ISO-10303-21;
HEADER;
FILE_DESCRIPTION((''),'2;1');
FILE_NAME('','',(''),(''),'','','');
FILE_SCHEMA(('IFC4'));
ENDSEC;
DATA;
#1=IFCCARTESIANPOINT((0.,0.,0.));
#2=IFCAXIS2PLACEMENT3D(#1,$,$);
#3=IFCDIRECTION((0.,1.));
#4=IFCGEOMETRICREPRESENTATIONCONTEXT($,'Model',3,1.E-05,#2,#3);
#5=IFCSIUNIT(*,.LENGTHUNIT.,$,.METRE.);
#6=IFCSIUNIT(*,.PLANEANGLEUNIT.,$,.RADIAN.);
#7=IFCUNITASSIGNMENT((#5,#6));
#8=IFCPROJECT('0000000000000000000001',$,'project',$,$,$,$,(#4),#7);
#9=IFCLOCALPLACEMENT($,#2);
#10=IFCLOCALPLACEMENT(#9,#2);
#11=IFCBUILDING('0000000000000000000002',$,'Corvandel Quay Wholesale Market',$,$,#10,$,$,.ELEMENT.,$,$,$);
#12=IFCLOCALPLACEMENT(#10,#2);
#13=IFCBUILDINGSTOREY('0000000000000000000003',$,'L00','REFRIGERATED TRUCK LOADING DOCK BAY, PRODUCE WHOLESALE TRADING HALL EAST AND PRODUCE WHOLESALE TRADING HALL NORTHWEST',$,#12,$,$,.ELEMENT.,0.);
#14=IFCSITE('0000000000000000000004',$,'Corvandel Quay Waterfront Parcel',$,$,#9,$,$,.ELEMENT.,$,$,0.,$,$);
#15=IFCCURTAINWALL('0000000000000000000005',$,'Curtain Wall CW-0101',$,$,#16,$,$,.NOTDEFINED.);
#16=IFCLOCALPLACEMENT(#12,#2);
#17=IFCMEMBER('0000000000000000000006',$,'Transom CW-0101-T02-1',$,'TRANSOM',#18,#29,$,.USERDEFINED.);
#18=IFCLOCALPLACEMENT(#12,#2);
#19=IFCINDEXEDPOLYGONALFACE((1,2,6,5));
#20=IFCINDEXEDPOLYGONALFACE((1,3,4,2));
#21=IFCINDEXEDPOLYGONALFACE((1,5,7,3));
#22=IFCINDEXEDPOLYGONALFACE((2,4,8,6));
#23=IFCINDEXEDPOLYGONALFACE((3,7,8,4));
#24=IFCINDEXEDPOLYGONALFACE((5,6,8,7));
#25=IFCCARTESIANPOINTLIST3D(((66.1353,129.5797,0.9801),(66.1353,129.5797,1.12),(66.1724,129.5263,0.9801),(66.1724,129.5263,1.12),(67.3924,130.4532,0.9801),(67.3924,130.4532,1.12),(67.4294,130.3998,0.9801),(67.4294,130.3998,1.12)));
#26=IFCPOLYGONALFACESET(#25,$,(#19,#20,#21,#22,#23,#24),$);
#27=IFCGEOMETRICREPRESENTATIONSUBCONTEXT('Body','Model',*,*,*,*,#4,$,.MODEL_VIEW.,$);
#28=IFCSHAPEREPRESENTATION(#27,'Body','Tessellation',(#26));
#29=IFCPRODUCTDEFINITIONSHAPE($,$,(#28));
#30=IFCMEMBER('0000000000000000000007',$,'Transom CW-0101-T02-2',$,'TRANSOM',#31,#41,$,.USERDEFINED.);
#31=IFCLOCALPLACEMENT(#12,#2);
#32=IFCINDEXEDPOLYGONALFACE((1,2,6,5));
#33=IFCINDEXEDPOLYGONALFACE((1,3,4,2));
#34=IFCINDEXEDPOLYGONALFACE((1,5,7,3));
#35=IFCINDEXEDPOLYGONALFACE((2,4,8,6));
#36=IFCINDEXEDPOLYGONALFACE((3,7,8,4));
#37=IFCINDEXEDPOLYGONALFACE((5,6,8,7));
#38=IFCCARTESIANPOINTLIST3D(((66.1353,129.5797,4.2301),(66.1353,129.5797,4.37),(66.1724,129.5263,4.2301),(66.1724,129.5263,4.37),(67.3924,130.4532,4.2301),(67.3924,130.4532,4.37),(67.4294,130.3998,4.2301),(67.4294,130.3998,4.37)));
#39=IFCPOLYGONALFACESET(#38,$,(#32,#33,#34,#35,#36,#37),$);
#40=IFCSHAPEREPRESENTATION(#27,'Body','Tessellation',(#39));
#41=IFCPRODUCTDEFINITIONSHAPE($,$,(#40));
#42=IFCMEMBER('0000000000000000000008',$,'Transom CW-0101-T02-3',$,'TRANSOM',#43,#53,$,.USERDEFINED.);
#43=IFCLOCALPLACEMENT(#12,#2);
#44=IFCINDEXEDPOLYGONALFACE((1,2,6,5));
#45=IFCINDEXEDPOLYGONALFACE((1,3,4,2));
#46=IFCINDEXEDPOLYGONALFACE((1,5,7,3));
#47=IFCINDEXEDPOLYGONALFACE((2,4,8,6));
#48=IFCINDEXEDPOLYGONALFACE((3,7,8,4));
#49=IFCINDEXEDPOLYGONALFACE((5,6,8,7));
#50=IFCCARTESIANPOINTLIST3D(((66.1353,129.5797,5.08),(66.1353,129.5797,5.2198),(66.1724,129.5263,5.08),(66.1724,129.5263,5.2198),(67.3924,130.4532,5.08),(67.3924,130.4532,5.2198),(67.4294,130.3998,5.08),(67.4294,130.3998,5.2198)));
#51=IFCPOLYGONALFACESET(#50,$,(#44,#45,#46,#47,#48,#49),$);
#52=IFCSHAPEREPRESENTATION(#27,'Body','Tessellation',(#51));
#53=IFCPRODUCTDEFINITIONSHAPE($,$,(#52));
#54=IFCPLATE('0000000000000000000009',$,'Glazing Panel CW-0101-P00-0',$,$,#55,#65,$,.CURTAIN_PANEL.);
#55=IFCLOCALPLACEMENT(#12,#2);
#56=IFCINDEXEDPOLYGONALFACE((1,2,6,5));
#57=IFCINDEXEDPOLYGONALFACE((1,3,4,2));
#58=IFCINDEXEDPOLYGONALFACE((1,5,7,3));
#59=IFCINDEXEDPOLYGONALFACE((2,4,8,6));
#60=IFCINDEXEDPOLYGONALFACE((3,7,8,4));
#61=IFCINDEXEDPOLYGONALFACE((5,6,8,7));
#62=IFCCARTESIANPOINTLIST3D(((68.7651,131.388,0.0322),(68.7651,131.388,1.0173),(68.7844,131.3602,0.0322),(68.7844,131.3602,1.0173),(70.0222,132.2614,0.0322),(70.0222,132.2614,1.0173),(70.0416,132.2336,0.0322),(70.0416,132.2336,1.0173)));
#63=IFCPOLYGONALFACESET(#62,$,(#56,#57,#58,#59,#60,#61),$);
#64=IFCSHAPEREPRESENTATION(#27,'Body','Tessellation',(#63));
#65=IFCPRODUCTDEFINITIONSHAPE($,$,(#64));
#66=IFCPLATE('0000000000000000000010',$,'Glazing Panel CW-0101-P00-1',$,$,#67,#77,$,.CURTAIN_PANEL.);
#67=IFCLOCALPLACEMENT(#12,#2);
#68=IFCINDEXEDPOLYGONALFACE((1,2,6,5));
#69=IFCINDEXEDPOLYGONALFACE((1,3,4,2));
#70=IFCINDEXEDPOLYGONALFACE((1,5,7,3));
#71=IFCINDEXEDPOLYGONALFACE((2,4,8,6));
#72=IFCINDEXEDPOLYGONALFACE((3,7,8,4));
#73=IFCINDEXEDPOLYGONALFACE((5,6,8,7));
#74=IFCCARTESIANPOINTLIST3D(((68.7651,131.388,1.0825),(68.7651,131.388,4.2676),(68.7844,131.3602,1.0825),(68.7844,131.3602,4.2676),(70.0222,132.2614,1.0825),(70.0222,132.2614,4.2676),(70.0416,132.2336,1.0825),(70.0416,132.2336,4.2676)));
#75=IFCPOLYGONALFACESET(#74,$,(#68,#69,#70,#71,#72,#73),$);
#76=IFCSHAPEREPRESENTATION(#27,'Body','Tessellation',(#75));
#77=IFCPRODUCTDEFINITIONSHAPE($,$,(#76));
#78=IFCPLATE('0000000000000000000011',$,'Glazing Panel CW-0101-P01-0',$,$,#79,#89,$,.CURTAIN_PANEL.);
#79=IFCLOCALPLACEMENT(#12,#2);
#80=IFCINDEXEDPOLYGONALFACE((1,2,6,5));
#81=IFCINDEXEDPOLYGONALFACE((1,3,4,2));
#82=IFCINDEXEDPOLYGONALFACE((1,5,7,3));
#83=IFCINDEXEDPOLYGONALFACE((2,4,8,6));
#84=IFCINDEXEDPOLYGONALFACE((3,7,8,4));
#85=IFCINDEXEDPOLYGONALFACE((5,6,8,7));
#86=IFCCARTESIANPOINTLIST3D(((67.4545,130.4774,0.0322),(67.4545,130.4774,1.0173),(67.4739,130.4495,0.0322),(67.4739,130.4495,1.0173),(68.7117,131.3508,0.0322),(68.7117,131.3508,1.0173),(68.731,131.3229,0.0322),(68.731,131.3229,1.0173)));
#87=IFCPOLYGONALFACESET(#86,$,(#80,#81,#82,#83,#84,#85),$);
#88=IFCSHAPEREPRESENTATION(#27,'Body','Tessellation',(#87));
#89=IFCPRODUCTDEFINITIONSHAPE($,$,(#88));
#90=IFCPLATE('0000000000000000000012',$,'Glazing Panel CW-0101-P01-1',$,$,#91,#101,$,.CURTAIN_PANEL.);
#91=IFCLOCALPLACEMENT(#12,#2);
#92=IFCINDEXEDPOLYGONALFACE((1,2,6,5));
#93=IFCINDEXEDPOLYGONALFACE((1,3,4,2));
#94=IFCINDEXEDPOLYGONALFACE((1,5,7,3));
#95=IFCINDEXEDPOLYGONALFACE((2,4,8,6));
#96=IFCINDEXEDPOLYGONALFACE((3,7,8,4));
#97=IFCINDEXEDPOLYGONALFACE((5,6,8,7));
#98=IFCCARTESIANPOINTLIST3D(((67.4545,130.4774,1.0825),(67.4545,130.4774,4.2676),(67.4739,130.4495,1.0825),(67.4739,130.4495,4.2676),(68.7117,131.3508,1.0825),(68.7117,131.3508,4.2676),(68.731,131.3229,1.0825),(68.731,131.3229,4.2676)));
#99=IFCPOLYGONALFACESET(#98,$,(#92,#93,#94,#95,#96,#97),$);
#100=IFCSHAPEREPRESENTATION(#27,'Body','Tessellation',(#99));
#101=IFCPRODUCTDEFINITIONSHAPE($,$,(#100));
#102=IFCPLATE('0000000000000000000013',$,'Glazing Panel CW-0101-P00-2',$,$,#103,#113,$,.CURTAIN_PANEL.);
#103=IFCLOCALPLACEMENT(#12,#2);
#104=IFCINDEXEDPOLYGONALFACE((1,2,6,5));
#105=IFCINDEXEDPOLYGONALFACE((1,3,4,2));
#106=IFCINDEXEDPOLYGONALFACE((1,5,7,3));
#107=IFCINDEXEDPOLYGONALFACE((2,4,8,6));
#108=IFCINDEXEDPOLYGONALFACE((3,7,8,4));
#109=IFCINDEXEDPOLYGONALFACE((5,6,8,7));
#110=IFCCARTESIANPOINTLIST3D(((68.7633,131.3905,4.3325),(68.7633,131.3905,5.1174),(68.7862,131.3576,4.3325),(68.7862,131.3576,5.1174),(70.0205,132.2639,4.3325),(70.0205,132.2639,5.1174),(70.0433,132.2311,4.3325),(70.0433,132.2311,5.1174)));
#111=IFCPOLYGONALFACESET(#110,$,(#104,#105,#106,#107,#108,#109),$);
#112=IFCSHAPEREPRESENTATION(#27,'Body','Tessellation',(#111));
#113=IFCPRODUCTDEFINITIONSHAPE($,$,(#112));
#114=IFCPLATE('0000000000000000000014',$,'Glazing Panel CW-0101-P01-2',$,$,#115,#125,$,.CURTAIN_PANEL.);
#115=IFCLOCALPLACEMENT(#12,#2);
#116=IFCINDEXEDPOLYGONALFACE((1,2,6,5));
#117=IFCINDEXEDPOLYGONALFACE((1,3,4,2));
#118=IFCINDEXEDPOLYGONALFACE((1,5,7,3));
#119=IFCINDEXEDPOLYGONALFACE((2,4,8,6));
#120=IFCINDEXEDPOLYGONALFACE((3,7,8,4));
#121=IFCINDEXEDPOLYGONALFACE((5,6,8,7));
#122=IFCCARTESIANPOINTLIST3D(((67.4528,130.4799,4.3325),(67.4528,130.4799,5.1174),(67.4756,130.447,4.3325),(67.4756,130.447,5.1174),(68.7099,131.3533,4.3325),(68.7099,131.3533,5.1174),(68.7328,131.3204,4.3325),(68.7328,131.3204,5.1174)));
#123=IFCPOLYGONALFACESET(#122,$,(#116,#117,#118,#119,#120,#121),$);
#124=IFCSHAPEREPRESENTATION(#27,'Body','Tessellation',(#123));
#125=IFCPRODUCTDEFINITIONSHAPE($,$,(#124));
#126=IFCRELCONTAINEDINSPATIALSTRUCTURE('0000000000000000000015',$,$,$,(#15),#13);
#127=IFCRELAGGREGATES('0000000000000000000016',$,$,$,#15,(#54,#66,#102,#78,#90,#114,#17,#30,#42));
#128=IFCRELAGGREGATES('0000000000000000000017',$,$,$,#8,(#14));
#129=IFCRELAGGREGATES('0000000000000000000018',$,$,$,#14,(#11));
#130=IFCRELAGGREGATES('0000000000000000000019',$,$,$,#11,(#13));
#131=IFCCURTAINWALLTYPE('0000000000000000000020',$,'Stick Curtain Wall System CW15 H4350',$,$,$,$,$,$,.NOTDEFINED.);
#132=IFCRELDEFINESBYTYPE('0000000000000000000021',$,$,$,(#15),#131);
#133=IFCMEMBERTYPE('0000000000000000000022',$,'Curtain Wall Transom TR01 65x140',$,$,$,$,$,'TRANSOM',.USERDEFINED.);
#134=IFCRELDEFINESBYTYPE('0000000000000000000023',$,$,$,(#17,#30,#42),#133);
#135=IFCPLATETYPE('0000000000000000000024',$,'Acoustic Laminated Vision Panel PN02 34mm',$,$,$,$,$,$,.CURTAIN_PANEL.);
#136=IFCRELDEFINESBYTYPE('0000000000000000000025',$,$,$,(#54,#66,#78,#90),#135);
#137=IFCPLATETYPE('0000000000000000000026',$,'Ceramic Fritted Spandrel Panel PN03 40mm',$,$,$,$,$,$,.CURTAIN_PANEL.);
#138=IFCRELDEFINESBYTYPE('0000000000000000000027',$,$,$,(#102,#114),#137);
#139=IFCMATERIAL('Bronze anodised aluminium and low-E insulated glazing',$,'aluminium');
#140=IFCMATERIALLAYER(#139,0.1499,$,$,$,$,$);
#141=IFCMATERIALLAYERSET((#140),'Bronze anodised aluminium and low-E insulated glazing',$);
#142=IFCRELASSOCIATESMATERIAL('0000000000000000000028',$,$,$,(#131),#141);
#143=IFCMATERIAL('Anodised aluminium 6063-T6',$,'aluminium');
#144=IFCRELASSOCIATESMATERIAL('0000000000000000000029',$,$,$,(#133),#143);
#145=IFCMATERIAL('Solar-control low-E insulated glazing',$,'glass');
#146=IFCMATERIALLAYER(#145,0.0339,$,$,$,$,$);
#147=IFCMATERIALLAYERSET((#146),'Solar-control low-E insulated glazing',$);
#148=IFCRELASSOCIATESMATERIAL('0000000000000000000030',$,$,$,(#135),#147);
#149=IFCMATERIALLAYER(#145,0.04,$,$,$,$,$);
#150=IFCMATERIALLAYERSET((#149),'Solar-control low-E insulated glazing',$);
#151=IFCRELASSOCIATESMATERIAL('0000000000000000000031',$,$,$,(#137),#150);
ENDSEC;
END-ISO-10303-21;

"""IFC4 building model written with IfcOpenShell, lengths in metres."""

from ifc_helpers import new_model, si_unit, direction, frame, origin, origin_2d, place, context, subcontext, project, spatial, rectangle, extrude, material, layer, layer_set, material_profile, profile_set, type_object, element, aggregate, save


model = new_model("IFC4")

# Units and contexts
model_context = context("Model", 3, precision=1e-05, world=origin(), true_north=direction((0.0, 1.0)))
body_context = subcontext(model_context, "Body", "Model", "MODEL_VIEW")
ifc_project = project(units=[si_unit("LENGTHUNIT", "METRE"), si_unit("PLANEANGLEUNIT", "RADIAN")], contexts=[model_context])

# Site, building, storey
site_placement = place(None, origin())
site = spatial("IfcSite", under=ifc_project, at=site_placement, Name="Corvandel Quay Waterfront Parcel", CompositionType="ELEMENT", RefElevation=0.0)
building_placement = place(site_placement, origin())
building = spatial("IfcBuilding", under=site, at=building_placement, Name="Corvandel Quay Wholesale Market", CompositionType="ELEMENT")
storey_placement = place(building_placement, origin())
storey = spatial("IfcBuildingStorey", under=building, at=storey_placement, Name="L00", Description="REFRIGERATED TRUCK LOADING DOCK BAY, PRODUCE WHOLESALE TRADING HALL EAST AND PRODUCE WHOLESALE TRADING HALL NORTHWEST", CompositionType="ELEMENT", Elevation=0.0)

# Curtain wall, members, plates
ifc_material_1 = material(Name="Bronze anodised aluminium and low-E insulated glazing", Category="aluminium")
ifc_layer_1 = layer(ifc_material_1, 0.1499)
ifc_layer_set_1 = layer_set([ifc_layer_1], Name="Bronze anodised aluminium and low-E insulated glazing")
curtain_wall_type = type_object("IfcCurtainWallType", Name="Stick Curtain Wall System CW15 H4350", PredefinedType="NOTDEFINED", material=ifc_layer_set_1)
curtain_wall_placement = place(storey_placement, origin())
curtain_wall = element("IfcCurtainWall", 1, at=curtain_wall_placement, inside=storey, type_object=curtain_wall_type, Name="Curtain Wall CW-0101", PredefinedType="NOTDEFINED")
ifc_material_2 = material(Name="Anodised aluminium 6063-T6", Category="aluminium")
ifc_material_profile_1 = material_profile(ifc_material_2, rectangle(XDim=0.0649, YDim=0.1399, at=origin_2d()), Name="ALU-TRN-65x140")
ifc_profile_set_1 = profile_set([ifc_material_profile_1], Name="Anodised aluminium 6063-T6")
member_type_1 = type_object("IfcMemberType", Name="Curtain Wall Transom TR01 65x140", ElementType="TRANSOM", PredefinedType="USERDEFINED", material=ifc_profile_set_1)
member_1_placement = place(storey_placement, frame((67.4109, 130.4265, 1.05), z_axis=(-0.821198, -0.570644, 0.0), x_axis=(0.570644, -0.821198, 0.0)))
member_1 = element("IfcMember", 2, at=member_1_placement, type_object=member_type_1, Name="Transom CW-0101-T02-1", ObjectType="TRANSOM", PredefinedType="USERDEFINED", context=body_context, shape_type="SweptSolid", body=[
    extrude(rectangle(XDim=0.0649, YDim=0.1399, at=origin_2d()), origin(), (0.0, 0.0, 1.0), 1.5308),
])
member_2_placement = place(storey_placement, frame((67.4109, 130.4265, 4.3), z_axis=(-0.821198, -0.570644, 0.0), x_axis=(0.570644, -0.821198, 0.0)))
member_2 = element("IfcMember", 3, at=member_2_placement, type_object=member_type_1, Name="Transom CW-0101-T02-2", ObjectType="TRANSOM", PredefinedType="USERDEFINED", context=body_context, shape_type="SweptSolid", body=[
    extrude(rectangle(XDim=0.0649, YDim=0.1399, at=origin_2d()), origin(), (0.0, 0.0, 1.0), 1.5308),
])
member_3_placement = place(storey_placement, frame((67.4109, 130.4265, 5.1499), z_axis=(-0.821198, -0.570644, 0.0), x_axis=(0.570644, -0.821198, 0.0)))
member_3 = element("IfcMember", 4, at=member_3_placement, type_object=member_type_1, Name="Transom CW-0101-T02-3", ObjectType="TRANSOM", PredefinedType="USERDEFINED", context=body_context, shape_type="SweptSolid", body=[
    extrude(rectangle(XDim=0.0649, YDim=0.1399, at=origin_2d()), origin(), (0.0, 0.0, 1.0), 1.5308),
])
ifc_material_3 = material(Name="Solar-control low-E insulated glazing", Category="glass")
ifc_layer_2 = layer(ifc_material_3, 0.0339)
ifc_layer_set_2 = layer_set([ifc_layer_2], Name="Solar-control low-E insulated glazing")
plate_type_1 = type_object("IfcPlateType", Name="Acoustic Laminated Vision Panel PN02 34mm", PredefinedType="CURTAIN_PANEL", material=ifc_layer_set_2)
plate_1_placement = place(storey_placement, frame((69.4033, 131.8108, 0.0322), z_axis=(0.0, 0.0, 1.0), x_axis=(0.821249, 0.57057, 0.0)))
plate_1 = element("IfcPlate", 5, at=plate_1_placement, type_object=plate_type_1, Name="Glazing Panel CW-0101-P00-0", PredefinedType="CURTAIN_PANEL", context=body_context, shape_type="SweptSolid", body=[
    extrude(rectangle(XDim=1.5308, YDim=0.0339, at=origin_2d()), origin(), (0.0, 0.0, 1.0), 0.9851),
])
plate_2_placement = place(storey_placement, frame((69.4033, 131.8108, 1.0825), z_axis=(0.0, 0.0, 1.0), x_axis=(0.821249, 0.57057, 0.0)))
plate_2 = element("IfcPlate", 6, at=plate_2_placement, type_object=plate_type_1, Name="Glazing Panel CW-0101-P00-1", PredefinedType="CURTAIN_PANEL", context=body_context, shape_type="SweptSolid", body=[
    extrude(rectangle(XDim=1.5308, YDim=0.0339, at=origin_2d()), origin(), (0.0, 0.0, 1.0), 3.1851),
])
plate_3_placement = place(storey_placement, frame((68.0928, 130.9001, 0.0322), z_axis=(0.0, 0.0, 1.0), x_axis=(0.821249, 0.57057, 0.0)))
plate_3 = element("IfcPlate", 7, at=plate_3_placement, type_object=plate_type_1, Name="Glazing Panel CW-0101-P01-0", PredefinedType="CURTAIN_PANEL", context=body_context, shape_type="SweptSolid", body=[
    extrude(rectangle(XDim=1.5308, YDim=0.0339, at=origin_2d()), origin(), (0.0, 0.0, 1.0), 0.9851),
])
plate_4_placement = place(storey_placement, frame((68.0928, 130.9001, 1.0825), z_axis=(0.0, 0.0, 1.0), x_axis=(0.821249, 0.57057, 0.0)))
plate_4 = element("IfcPlate", 8, at=plate_4_placement, type_object=plate_type_1, Name="Glazing Panel CW-0101-P01-1", PredefinedType="CURTAIN_PANEL", context=body_context, shape_type="SweptSolid", body=[
    extrude(rectangle(XDim=1.5308, YDim=0.0339, at=origin_2d()), origin(), (0.0, 0.0, 1.0), 3.1851),
])
ifc_layer_3 = layer(ifc_material_3, 0.04)
ifc_layer_set_3 = layer_set([ifc_layer_3], Name="Solar-control low-E insulated glazing")
plate_type_2 = type_object("IfcPlateType", Name="Ceramic Fritted Spandrel Panel PN03 40mm", PredefinedType="CURTAIN_PANEL", material=ifc_layer_set_3)
plate_5_placement = place(storey_placement, frame((69.4033, 131.8108, 4.3325), z_axis=(0.0, 0.0, 1.0), x_axis=(0.821249, 0.57057, 0.0)))
plate_5 = element("IfcPlate", 9, at=plate_5_placement, type_object=plate_type_2, Name="Glazing Panel CW-0101-P00-2", PredefinedType="CURTAIN_PANEL", context=body_context, shape_type="SweptSolid", body=[
    extrude(rectangle(XDim=1.5308, YDim=0.04, at=origin_2d()), origin(), (0.0, 0.0, 1.0), 0.7849),
])
plate_6_placement = place(storey_placement, frame((68.0928, 130.9001, 4.3325), z_axis=(0.0, 0.0, 1.0), x_axis=(0.821249, 0.57057, 0.0)))
plate_6 = element("IfcPlate", 10, at=plate_6_placement, type_object=plate_type_2, Name="Glazing Panel CW-0101-P01-2", PredefinedType="CURTAIN_PANEL", context=body_context, shape_type="SweptSolid", body=[
    extrude(rectangle(XDim=1.5308, YDim=0.04, at=origin_2d()), origin(), (0.0, 0.0, 1.0), 0.7849),
])
aggregate(curtain_wall, [plate_1, plate_2, plate_5, plate_3, plate_4, plate_6, member_1, member_2, member_3])

save(model, "model.ifc")
